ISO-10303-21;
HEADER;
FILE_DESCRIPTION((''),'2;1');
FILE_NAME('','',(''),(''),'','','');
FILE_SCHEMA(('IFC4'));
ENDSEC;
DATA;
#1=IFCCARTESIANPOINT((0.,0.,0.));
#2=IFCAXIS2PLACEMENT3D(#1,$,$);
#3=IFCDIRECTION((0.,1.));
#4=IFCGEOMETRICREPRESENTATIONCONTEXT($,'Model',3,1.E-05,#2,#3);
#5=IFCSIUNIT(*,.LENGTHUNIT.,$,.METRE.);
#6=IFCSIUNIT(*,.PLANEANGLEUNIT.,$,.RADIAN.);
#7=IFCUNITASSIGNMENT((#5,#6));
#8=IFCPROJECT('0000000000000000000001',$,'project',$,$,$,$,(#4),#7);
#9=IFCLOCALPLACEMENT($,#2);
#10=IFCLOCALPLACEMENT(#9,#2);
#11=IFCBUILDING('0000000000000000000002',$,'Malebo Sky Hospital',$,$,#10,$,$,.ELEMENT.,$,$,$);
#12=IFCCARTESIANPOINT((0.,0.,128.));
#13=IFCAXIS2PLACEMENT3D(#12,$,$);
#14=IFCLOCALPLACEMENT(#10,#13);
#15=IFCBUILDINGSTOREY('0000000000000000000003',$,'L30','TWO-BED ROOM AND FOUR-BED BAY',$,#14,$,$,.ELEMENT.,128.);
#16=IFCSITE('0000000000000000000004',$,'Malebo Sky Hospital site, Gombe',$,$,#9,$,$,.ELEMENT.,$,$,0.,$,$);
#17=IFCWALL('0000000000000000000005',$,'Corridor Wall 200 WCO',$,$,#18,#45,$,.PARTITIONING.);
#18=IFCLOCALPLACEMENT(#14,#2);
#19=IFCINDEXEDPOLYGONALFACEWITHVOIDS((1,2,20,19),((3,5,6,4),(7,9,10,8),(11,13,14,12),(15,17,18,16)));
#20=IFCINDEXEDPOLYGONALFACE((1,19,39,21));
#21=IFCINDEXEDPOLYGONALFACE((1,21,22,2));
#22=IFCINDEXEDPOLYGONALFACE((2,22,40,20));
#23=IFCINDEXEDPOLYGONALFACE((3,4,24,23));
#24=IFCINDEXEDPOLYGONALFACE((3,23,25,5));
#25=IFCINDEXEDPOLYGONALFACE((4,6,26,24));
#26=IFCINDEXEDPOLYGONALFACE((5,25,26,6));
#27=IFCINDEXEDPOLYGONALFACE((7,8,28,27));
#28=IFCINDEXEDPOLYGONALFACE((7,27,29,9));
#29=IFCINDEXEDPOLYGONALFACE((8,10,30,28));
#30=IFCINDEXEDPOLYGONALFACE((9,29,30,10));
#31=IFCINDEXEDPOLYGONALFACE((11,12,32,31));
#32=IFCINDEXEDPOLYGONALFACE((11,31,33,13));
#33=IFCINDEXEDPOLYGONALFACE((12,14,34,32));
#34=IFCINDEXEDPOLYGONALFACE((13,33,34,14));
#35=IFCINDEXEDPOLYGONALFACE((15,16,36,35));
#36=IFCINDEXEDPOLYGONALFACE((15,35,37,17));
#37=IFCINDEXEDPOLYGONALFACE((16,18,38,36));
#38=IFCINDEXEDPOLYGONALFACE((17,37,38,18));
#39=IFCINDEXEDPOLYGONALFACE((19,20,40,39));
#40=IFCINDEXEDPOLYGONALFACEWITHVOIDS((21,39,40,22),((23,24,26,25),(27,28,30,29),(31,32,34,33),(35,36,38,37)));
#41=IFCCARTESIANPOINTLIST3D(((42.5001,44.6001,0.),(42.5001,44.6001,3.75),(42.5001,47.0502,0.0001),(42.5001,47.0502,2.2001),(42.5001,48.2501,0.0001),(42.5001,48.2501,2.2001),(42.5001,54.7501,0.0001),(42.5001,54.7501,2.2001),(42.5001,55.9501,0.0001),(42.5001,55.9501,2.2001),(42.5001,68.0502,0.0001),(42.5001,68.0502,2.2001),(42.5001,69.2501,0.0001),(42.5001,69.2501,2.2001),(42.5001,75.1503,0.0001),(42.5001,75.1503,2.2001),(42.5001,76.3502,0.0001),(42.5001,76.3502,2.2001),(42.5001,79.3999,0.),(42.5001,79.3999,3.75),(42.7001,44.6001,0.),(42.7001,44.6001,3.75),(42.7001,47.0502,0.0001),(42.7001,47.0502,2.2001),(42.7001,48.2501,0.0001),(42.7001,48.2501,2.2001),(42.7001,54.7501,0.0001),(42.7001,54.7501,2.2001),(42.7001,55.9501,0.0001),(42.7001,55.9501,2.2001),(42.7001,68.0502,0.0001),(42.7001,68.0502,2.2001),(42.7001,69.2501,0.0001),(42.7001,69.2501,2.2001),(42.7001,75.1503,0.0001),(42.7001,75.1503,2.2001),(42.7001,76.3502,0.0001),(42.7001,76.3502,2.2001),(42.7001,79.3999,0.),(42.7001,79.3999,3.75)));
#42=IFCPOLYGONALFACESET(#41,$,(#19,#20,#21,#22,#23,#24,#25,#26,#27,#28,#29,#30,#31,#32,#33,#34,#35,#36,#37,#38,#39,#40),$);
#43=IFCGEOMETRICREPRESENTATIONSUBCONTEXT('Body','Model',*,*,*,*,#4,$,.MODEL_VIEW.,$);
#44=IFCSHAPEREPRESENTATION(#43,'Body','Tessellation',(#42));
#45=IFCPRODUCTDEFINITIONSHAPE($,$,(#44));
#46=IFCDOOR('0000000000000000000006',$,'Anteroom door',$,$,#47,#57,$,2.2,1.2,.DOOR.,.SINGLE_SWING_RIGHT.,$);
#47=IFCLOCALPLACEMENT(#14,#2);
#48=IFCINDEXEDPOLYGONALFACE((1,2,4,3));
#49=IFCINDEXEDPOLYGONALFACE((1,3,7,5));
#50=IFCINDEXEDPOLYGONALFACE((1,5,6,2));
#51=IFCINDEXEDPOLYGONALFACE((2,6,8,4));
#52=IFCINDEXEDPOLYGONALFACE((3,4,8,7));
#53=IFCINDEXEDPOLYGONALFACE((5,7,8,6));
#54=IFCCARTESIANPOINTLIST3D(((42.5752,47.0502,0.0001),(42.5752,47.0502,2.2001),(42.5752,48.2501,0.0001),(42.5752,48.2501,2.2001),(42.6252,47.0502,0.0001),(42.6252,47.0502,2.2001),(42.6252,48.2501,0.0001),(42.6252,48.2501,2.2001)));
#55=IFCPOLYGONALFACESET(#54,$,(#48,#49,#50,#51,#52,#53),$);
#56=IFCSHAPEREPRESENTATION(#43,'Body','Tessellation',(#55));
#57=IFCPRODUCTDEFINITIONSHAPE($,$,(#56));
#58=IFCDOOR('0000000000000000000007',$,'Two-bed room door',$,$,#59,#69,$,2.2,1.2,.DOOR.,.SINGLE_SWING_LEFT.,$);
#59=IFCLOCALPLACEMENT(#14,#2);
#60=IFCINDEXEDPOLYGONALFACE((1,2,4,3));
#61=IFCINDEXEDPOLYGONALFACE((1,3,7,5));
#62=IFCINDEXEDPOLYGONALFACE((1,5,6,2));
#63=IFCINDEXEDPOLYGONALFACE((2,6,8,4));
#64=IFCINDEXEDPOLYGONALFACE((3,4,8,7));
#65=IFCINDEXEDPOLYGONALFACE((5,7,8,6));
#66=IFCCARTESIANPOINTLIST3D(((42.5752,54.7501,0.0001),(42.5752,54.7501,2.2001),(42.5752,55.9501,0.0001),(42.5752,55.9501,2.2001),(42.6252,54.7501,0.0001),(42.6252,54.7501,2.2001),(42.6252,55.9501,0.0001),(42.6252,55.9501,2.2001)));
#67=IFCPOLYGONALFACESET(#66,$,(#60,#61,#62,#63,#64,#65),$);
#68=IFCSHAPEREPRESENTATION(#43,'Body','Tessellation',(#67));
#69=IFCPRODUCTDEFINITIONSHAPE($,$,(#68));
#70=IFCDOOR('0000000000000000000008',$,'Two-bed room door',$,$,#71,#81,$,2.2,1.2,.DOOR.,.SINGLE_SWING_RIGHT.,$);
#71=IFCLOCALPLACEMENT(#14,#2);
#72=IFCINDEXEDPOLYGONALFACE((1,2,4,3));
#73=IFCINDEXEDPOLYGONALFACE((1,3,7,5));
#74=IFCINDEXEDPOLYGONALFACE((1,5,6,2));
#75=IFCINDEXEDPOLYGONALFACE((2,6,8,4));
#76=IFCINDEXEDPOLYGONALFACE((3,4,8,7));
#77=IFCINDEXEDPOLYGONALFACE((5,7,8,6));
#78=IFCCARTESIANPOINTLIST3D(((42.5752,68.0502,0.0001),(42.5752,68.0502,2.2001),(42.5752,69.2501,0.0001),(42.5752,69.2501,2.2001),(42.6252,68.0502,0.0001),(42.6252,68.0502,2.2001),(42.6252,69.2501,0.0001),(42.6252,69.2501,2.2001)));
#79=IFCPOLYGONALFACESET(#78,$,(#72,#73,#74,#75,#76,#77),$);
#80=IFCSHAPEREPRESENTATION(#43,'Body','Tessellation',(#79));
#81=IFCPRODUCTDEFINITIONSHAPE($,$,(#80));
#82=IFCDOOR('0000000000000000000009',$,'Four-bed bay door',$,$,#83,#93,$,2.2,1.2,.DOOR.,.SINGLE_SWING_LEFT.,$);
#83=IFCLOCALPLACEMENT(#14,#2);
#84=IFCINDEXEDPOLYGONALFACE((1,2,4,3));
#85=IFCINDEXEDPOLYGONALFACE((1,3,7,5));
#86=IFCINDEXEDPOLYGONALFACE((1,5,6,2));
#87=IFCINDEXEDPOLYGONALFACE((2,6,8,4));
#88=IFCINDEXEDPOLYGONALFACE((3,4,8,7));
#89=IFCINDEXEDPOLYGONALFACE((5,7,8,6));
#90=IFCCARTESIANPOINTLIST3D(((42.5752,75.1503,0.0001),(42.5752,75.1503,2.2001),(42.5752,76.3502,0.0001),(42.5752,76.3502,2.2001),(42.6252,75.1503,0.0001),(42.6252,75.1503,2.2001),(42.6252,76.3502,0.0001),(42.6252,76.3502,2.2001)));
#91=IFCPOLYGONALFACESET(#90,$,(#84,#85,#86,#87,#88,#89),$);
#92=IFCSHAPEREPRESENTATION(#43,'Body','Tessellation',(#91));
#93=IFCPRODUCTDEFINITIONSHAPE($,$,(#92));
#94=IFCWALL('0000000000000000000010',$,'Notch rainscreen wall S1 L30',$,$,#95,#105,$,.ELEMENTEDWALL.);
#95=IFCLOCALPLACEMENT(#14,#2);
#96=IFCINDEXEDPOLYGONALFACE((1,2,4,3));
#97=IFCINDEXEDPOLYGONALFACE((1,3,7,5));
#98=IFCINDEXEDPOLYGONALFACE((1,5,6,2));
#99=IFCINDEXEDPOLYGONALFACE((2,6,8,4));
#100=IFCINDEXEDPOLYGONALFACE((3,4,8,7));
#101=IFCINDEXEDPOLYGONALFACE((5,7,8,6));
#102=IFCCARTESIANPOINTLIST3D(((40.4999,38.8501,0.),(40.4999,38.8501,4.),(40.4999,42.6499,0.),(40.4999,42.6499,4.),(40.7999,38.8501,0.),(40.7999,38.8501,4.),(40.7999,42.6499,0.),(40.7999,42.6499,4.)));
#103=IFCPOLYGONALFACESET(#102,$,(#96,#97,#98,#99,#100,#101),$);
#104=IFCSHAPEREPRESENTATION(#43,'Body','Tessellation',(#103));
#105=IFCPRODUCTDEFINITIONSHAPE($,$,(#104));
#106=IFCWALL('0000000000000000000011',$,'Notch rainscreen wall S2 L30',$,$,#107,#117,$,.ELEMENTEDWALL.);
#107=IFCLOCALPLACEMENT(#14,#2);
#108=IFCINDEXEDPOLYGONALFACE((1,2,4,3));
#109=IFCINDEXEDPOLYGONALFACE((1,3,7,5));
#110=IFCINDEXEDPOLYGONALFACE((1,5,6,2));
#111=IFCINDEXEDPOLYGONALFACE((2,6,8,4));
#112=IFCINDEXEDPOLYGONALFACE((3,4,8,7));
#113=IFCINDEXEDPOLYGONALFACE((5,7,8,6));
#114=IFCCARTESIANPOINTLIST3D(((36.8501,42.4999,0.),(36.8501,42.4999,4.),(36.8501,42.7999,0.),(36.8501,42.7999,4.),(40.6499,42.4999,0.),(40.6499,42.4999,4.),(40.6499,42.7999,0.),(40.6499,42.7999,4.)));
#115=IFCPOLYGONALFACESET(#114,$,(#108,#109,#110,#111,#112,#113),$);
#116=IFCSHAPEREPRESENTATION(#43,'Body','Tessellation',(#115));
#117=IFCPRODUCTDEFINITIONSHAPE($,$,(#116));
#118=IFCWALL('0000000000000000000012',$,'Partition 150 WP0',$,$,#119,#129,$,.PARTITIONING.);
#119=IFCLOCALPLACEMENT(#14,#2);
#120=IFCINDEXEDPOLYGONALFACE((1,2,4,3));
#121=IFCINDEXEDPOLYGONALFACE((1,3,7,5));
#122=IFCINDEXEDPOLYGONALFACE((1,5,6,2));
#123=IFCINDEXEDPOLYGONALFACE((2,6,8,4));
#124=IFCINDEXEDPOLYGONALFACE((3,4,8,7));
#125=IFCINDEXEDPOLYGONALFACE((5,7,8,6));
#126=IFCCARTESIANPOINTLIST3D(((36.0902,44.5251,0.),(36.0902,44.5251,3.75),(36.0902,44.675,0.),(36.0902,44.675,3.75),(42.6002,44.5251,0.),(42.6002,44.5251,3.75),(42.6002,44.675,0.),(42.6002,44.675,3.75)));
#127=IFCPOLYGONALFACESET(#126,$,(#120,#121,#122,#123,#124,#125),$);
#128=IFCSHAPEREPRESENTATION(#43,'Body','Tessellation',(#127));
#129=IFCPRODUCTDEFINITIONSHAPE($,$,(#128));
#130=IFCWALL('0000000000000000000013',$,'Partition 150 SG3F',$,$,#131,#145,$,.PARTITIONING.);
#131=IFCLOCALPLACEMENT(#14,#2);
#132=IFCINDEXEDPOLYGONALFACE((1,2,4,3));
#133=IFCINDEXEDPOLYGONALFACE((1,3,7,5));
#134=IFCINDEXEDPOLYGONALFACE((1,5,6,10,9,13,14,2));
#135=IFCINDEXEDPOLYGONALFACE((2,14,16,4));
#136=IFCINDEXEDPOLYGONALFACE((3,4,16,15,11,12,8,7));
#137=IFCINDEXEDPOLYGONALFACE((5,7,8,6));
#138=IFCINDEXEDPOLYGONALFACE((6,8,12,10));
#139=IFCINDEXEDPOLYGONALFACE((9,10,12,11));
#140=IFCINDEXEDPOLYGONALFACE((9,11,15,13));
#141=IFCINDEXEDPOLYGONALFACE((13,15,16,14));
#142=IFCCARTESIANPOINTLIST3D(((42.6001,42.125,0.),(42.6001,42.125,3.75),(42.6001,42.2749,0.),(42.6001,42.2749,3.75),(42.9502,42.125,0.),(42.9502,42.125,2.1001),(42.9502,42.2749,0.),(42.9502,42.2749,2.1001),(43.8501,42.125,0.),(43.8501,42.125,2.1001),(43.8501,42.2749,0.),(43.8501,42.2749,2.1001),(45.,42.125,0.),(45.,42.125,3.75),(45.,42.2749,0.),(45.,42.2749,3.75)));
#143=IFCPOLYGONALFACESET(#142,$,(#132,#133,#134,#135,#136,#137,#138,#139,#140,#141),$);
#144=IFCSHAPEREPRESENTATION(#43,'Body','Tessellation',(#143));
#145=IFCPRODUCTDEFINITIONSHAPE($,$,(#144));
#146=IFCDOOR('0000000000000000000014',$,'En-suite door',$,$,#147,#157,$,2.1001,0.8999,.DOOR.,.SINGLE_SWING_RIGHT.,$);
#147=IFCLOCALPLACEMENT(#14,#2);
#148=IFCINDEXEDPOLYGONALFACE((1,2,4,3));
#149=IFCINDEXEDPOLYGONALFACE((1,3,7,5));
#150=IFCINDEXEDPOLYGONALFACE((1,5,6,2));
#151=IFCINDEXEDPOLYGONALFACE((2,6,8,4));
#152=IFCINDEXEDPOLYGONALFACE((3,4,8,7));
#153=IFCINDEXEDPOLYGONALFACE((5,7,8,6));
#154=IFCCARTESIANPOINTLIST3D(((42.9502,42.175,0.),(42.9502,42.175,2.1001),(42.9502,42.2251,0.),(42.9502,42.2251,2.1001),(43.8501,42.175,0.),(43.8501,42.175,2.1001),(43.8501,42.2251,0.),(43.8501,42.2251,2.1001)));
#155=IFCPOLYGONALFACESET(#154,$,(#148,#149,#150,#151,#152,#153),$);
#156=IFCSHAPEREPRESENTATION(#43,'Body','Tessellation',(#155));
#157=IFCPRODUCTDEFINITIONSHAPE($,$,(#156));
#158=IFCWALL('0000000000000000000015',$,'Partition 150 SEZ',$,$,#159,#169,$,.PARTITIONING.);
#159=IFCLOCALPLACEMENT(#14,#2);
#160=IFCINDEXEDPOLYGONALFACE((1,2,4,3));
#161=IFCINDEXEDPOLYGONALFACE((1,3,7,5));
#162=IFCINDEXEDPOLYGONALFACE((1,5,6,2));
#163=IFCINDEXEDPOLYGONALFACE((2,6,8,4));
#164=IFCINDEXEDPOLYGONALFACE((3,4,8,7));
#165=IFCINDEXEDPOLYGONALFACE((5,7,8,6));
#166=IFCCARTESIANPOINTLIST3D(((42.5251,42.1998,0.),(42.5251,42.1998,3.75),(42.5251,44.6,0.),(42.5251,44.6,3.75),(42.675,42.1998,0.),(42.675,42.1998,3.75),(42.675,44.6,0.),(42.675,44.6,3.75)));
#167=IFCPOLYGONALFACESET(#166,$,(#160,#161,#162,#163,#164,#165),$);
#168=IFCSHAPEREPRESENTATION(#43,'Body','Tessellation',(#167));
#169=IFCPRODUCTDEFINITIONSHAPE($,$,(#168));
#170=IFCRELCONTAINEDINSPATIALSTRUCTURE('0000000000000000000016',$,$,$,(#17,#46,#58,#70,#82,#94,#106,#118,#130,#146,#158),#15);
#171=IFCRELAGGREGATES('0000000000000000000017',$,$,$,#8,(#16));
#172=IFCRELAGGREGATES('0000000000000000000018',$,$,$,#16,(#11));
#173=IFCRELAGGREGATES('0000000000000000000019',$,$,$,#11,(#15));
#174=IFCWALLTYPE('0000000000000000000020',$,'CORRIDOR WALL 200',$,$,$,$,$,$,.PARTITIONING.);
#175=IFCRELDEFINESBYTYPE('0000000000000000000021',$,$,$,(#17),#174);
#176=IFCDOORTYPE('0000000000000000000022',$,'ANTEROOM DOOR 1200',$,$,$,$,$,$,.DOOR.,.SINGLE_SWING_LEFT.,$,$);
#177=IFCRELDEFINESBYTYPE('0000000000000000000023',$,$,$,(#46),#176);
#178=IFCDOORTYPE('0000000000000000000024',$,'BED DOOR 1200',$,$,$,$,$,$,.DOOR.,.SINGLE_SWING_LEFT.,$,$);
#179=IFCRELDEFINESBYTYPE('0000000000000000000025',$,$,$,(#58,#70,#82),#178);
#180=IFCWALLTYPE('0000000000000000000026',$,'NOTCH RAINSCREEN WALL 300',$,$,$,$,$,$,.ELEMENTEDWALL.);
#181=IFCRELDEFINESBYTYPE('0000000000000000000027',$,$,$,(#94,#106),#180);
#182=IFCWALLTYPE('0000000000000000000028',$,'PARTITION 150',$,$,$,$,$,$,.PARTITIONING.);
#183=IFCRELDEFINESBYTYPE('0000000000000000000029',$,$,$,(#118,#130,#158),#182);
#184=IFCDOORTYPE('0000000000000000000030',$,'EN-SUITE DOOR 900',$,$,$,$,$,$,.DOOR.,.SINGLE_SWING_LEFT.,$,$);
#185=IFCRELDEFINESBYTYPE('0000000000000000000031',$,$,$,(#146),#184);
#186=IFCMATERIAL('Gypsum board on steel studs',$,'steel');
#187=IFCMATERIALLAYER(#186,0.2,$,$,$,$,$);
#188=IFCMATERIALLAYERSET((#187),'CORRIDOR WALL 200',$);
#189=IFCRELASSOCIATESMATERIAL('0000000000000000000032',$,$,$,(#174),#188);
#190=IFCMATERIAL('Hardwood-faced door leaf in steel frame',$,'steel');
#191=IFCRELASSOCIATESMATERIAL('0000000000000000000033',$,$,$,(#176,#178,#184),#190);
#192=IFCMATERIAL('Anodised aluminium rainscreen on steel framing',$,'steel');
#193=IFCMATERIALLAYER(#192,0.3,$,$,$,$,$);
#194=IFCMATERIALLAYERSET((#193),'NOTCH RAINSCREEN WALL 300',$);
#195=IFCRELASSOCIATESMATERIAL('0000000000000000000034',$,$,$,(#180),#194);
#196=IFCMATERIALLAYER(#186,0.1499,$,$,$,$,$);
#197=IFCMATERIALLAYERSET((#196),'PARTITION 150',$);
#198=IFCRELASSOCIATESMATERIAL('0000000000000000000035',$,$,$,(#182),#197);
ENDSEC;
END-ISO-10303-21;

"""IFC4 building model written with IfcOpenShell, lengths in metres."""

from ifc_helpers import new_model, si_unit, direction, frame, frame_2d, origin, place, context, subcontext, project, spatial, rectangle, extrude, material, layer, layer_set, type_object, element, fill, save


model = new_model("IFC4")

# Units and contexts
model_context = context("Model", 3, precision=1e-05, world=origin(), true_north=direction((0.0, 1.0)))
body_context = subcontext(model_context, "Body", "Model", "MODEL_VIEW")
ifc_project = project(units=[si_unit("LENGTHUNIT", "METRE"), si_unit("PLANEANGLEUNIT", "RADIAN")], contexts=[model_context])

# Site, building, storey
site_placement = place(None, origin())
site = spatial("IfcSite", under=ifc_project, at=site_placement, Name="Malebo Sky Hospital site, Gombe", CompositionType="ELEMENT", RefElevation=0.0)
building_placement = place(site_placement, origin())
building = spatial("IfcBuilding", under=site, at=building_placement, Name="Malebo Sky Hospital", CompositionType="ELEMENT")
storey_placement = place(building_placement, frame((0.0, 0.0, 128.0)))
storey = spatial("IfcBuildingStorey", under=building, at=storey_placement, Name="L30", Description="TWO-BED ROOM AND FOUR-BED BAY", CompositionType="ELEMENT", Elevation=128.0)

# Wall, openings, doors
ifc_material_1 = material(Name="Gypsum board on steel studs", Category="steel")
ifc_layer_1 = layer(ifc_material_1, 0.2)
ifc_layer_set_1 = layer_set([ifc_layer_1], Name="CORRIDOR WALL 200")
wall_type_1 = type_object("IfcWallType", Name="CORRIDOR WALL 200", PredefinedType="PARTITIONING", material=ifc_layer_set_1)
wall_1_placement = place(storey_placement, frame((42.6001, 44.6001, 0.0), z_axis=(0.0, 0.0, 1.0), x_axis=(0.0, 1.0, 0.0)))
wall_1 = element("IfcWall", 1, at=wall_1_placement, inside=storey, type_object=wall_type_1, Name="Corridor Wall 200 WCO", PredefinedType="PARTITIONING", context=body_context, shape_type="SweptSolid", body=[
    extrude(rectangle(XDim=34.7998, YDim=0.2, at=frame_2d((17.3999, 0.0))), origin(), (0.0, 0.0, 1.0), 3.75),
])
opening_1_placement = place(wall_1_placement, frame((2.45, 0.0, 0.0)))
opening_1 = element("IfcOpeningElement", 2, at=opening_1_placement, cuts=wall_1, PredefinedType="OPENING", context=body_context, shape_type="SweptSolid", body=[
    extrude(rectangle(XDim=1.2, YDim=2.2, at=frame_2d((0.6001, 1.1001))), frame((0.0, 0.1099, 0.0), z_axis=(0.0, -1.0, 0.0), x_axis=(1.0, 0.0, 0.0)), (0.0, 0.0, 1.0), 0.22),
])
opening_2_placement = place(wall_1_placement, frame((10.1499, 0.0, 0.0)))
opening_2 = element("IfcOpeningElement", 3, at=opening_2_placement, cuts=wall_1, PredefinedType="OPENING", context=body_context, shape_type="SweptSolid", body=[
    extrude(rectangle(XDim=1.2, YDim=2.2, at=frame_2d((0.6001, 1.1001))), frame((0.0, 0.1099, 0.0), z_axis=(0.0, -1.0, 0.0), x_axis=(1.0, 0.0, 0.0)), (0.0, 0.0, 1.0), 0.22),
])
opening_3_placement = place(wall_1_placement, frame((23.45, 0.0, 0.0)))
opening_3 = element("IfcOpeningElement", 4, at=opening_3_placement, cuts=wall_1, PredefinedType="OPENING", context=body_context, shape_type="SweptSolid", body=[
    extrude(rectangle(XDim=1.2, YDim=2.2, at=frame_2d((0.6001, 1.1001))), frame((0.0, 0.1099, 0.0), z_axis=(0.0, -1.0, 0.0), x_axis=(1.0, 0.0, 0.0)), (0.0, 0.0, 1.0), 0.22),
])
opening_4_placement = place(wall_1_placement, frame((30.55, 0.0, 0.0)))
opening_4 = element("IfcOpeningElement", 5, at=opening_4_placement, cuts=wall_1, PredefinedType="OPENING", context=body_context, shape_type="SweptSolid", body=[
    extrude(rectangle(XDim=1.2, YDim=2.2, at=frame_2d((0.6001, 1.1001))), frame((0.0, 0.1099, 0.0), z_axis=(0.0, -1.0, 0.0), x_axis=(1.0, 0.0, 0.0)), (0.0, 0.0, 1.0), 0.22),
])
ifc_material_2 = material(Name="Hardwood-faced door leaf in steel frame", Category="steel")
door_type_1 = type_object("IfcDoorType", Name="ANTEROOM DOOR 1200", OperationType="SINGLE_SWING_LEFT", PredefinedType="DOOR", material=ifc_material_2)
door_1_placement = place(opening_1_placement, origin())
door_1 = element("IfcDoor", 6, at=door_1_placement, inside=storey, type_object=door_type_1, Name="Anteroom door", OperationType="SINGLE_SWING_RIGHT", OverallHeight=2.2, OverallWidth=1.2, PredefinedType="DOOR", context=body_context, shape_type="SweptSolid", body=[
    extrude(rectangle(XDim=1.2, YDim=2.2, at=frame_2d((0.6001, 1.1001))), frame((0.0, 0.0249, 0.0), z_axis=(0.0, -1.0, 0.0), x_axis=(1.0, 0.0, 0.0)), (0.0, 0.0, 1.0), 0.05),
])
fill(opening_1, door_1)
door_type_2 = type_object("IfcDoorType", Name="BED DOOR 1200", OperationType="SINGLE_SWING_LEFT", PredefinedType="DOOR", material=ifc_material_2)
door_2_placement = place(opening_2_placement, origin())
door_2 = element("IfcDoor", 7, at=door_2_placement, inside=storey, type_object=door_type_2, Name="Two-bed room door", OperationType="SINGLE_SWING_LEFT", OverallHeight=2.2, OverallWidth=1.2, PredefinedType="DOOR", context=body_context, shape_type="SweptSolid", body=[
    extrude(rectangle(XDim=1.2, YDim=2.2, at=frame_2d((0.6001, 1.1001))), frame((0.0, 0.0249, 0.0), z_axis=(0.0, -1.0, 0.0), x_axis=(1.0, 0.0, 0.0)), (0.0, 0.0, 1.0), 0.05),
])
fill(opening_2, door_2)
door_3_placement = place(opening_3_placement, origin())
door_3 = element("IfcDoor", 8, at=door_3_placement, inside=storey, type_object=door_type_2, Name="Two-bed room door", OperationType="SINGLE_SWING_RIGHT", OverallHeight=2.2, OverallWidth=1.2, PredefinedType="DOOR", context=body_context, shape_type="SweptSolid", body=[
    extrude(rectangle(XDim=1.2, YDim=2.2, at=frame_2d((0.6001, 1.1001))), frame((0.0, 0.0249, 0.0), z_axis=(0.0, -1.0, 0.0), x_axis=(1.0, 0.0, 0.0)), (0.0, 0.0, 1.0), 0.05),
])
fill(opening_3, door_3)
door_4_placement = place(opening_4_placement, origin())
door_4 = element("IfcDoor", 9, at=door_4_placement, inside=storey, type_object=door_type_2, Name="Four-bed bay door", OperationType="SINGLE_SWING_LEFT", OverallHeight=2.2, OverallWidth=1.2, PredefinedType="DOOR", context=body_context, shape_type="SweptSolid", body=[
    extrude(rectangle(XDim=1.2, YDim=2.2, at=frame_2d((0.6001, 1.1001))), frame((0.0, 0.0249, 0.0), z_axis=(0.0, -1.0, 0.0), x_axis=(1.0, 0.0, 0.0)), (0.0, 0.0, 1.0), 0.05),
])
fill(opening_4, door_4)

# Walls
ifc_material_3 = material(Name="Anodised aluminium rainscreen on steel framing", Category="steel")
ifc_layer_2 = layer(ifc_material_3, 0.3)
ifc_layer_set_2 = layer_set([ifc_layer_2], Name="NOTCH RAINSCREEN WALL 300")
wall_type_2 = type_object("IfcWallType", Name="NOTCH RAINSCREEN WALL 300", PredefinedType="ELEMENTEDWALL", material=ifc_layer_set_2)
for number, where, z_axis, x_axis, name in (
    (10, (40.6499, 38.8501, 0.0), (0.0, 0.0, 1.0), (0.0, 1.0, 0.0), "Notch rainscreen wall S1 L30"),
    (11, (40.6499, 42.6499, 0.0), (0.0, 0.0, 1.0), (-1.0, 0.0, 0.0), "Notch rainscreen wall S2 L30"),
):
    element("IfcWall", number, at=place(storey_placement, frame(where, z_axis=z_axis, x_axis=x_axis)), inside=storey, type_object=wall_type_2, Name=name, PredefinedType="ELEMENTEDWALL", context=body_context, shape_type="SweptSolid", body=[
        extrude(rectangle(XDim=3.7998, YDim=0.3, at=frame_2d((1.8999, 0.0))), origin(), (0.0, 0.0, 1.0), 4.0),
    ])
ifc_layer_3 = layer(ifc_material_1, 0.1499)
ifc_layer_set_3 = layer_set([ifc_layer_3], Name="PARTITION 150")
wall_type_3 = type_object("IfcWallType", Name="PARTITION 150", PredefinedType="PARTITIONING", material=ifc_layer_set_3)
wall_2_placement = place(storey_placement, frame((42.6001, 44.6001, 0.0), z_axis=(0.0, 0.0, 1.0), x_axis=(-1.0, 0.0, 0.0)))
element("IfcWall", 12, at=wall_2_placement, inside=storey, type_object=wall_type_3, Name="Partition 150 WP0", PredefinedType="PARTITIONING", context=body_context, shape_type="SweptSolid", body=[
    extrude(rectangle(XDim=6.51, YDim=0.1499, at=frame_2d((3.2549, 0.0))), origin(), (0.0, 0.0, 1.0), 3.75),
])

# Wall, opening, door
wall_3_placement = place(storey_placement, frame((45.0, 42.2, 0.0), z_axis=(0.0, 0.0, 1.0), x_axis=(-1.0, 0.0, 0.0)))
wall_3 = element("IfcWall", 13, at=wall_3_placement, inside=storey, type_object=wall_type_3, Name="Partition 150 SG3F", PredefinedType="PARTITIONING", context=body_context, shape_type="SweptSolid", body=[
    extrude(rectangle(XDim=2.3999, YDim=0.1499, at=frame_2d((1.2, 0.0))), origin(), (0.0, 0.0, 1.0), 3.75),
])
opening_5_placement = place(wall_3_placement, frame((1.1499, 0.0, 0.0)))
opening_5 = element("IfcOpeningElement", 14, at=opening_5_placement, cuts=wall_3, PredefinedType="OPENING", context=body_context, shape_type="SweptSolid", body=[
    extrude(rectangle(XDim=0.8999, YDim=2.1001, at=frame_2d((0.45, 1.05))), frame((0.0, 0.085, 0.0), z_axis=(0.0, -1.0, 0.0), x_axis=(1.0, 0.0, 0.0)), (0.0, 0.0, 1.0), 0.1699),
])
door_type_3 = type_object("IfcDoorType", Name="EN-SUITE DOOR 900", OperationType="SINGLE_SWING_LEFT", PredefinedType="DOOR", material=ifc_material_2)
door_5_placement = place(opening_5_placement, origin())
door_5 = element("IfcDoor", 15, at=door_5_placement, inside=storey, type_object=door_type_3, Name="En-suite door", OperationType="SINGLE_SWING_RIGHT", OverallHeight=2.1001, OverallWidth=0.8999, PredefinedType="DOOR", context=body_context, shape_type="SweptSolid", body=[
    extrude(rectangle(XDim=0.8999, YDim=2.1001, at=frame_2d((0.45, 1.05))), frame((0.0, 0.0249, 0.0), z_axis=(0.0, -1.0, 0.0), x_axis=(1.0, 0.0, 0.0)), (0.0, 0.0, 1.0), 0.05),
])
fill(opening_5, door_5)

# Wall
wall_4_placement = place(storey_placement, frame((42.6001, 44.6001, 0.0), z_axis=(0.0, 0.0, 1.0), x_axis=(0.0, -1.0, 0.0)))
element("IfcWall", 16, at=wall_4_placement, inside=storey, type_object=wall_type_3, Name="Partition 150 SEZ", PredefinedType="PARTITIONING", context=body_context, shape_type="SweptSolid", body=[
    extrude(rectangle(XDim=2.4001, YDim=0.1499, at=frame_2d((1.2002, 0.0))), origin(), (0.0, 0.0, 1.0), 3.75),
])

save(model, "model.ifc")
